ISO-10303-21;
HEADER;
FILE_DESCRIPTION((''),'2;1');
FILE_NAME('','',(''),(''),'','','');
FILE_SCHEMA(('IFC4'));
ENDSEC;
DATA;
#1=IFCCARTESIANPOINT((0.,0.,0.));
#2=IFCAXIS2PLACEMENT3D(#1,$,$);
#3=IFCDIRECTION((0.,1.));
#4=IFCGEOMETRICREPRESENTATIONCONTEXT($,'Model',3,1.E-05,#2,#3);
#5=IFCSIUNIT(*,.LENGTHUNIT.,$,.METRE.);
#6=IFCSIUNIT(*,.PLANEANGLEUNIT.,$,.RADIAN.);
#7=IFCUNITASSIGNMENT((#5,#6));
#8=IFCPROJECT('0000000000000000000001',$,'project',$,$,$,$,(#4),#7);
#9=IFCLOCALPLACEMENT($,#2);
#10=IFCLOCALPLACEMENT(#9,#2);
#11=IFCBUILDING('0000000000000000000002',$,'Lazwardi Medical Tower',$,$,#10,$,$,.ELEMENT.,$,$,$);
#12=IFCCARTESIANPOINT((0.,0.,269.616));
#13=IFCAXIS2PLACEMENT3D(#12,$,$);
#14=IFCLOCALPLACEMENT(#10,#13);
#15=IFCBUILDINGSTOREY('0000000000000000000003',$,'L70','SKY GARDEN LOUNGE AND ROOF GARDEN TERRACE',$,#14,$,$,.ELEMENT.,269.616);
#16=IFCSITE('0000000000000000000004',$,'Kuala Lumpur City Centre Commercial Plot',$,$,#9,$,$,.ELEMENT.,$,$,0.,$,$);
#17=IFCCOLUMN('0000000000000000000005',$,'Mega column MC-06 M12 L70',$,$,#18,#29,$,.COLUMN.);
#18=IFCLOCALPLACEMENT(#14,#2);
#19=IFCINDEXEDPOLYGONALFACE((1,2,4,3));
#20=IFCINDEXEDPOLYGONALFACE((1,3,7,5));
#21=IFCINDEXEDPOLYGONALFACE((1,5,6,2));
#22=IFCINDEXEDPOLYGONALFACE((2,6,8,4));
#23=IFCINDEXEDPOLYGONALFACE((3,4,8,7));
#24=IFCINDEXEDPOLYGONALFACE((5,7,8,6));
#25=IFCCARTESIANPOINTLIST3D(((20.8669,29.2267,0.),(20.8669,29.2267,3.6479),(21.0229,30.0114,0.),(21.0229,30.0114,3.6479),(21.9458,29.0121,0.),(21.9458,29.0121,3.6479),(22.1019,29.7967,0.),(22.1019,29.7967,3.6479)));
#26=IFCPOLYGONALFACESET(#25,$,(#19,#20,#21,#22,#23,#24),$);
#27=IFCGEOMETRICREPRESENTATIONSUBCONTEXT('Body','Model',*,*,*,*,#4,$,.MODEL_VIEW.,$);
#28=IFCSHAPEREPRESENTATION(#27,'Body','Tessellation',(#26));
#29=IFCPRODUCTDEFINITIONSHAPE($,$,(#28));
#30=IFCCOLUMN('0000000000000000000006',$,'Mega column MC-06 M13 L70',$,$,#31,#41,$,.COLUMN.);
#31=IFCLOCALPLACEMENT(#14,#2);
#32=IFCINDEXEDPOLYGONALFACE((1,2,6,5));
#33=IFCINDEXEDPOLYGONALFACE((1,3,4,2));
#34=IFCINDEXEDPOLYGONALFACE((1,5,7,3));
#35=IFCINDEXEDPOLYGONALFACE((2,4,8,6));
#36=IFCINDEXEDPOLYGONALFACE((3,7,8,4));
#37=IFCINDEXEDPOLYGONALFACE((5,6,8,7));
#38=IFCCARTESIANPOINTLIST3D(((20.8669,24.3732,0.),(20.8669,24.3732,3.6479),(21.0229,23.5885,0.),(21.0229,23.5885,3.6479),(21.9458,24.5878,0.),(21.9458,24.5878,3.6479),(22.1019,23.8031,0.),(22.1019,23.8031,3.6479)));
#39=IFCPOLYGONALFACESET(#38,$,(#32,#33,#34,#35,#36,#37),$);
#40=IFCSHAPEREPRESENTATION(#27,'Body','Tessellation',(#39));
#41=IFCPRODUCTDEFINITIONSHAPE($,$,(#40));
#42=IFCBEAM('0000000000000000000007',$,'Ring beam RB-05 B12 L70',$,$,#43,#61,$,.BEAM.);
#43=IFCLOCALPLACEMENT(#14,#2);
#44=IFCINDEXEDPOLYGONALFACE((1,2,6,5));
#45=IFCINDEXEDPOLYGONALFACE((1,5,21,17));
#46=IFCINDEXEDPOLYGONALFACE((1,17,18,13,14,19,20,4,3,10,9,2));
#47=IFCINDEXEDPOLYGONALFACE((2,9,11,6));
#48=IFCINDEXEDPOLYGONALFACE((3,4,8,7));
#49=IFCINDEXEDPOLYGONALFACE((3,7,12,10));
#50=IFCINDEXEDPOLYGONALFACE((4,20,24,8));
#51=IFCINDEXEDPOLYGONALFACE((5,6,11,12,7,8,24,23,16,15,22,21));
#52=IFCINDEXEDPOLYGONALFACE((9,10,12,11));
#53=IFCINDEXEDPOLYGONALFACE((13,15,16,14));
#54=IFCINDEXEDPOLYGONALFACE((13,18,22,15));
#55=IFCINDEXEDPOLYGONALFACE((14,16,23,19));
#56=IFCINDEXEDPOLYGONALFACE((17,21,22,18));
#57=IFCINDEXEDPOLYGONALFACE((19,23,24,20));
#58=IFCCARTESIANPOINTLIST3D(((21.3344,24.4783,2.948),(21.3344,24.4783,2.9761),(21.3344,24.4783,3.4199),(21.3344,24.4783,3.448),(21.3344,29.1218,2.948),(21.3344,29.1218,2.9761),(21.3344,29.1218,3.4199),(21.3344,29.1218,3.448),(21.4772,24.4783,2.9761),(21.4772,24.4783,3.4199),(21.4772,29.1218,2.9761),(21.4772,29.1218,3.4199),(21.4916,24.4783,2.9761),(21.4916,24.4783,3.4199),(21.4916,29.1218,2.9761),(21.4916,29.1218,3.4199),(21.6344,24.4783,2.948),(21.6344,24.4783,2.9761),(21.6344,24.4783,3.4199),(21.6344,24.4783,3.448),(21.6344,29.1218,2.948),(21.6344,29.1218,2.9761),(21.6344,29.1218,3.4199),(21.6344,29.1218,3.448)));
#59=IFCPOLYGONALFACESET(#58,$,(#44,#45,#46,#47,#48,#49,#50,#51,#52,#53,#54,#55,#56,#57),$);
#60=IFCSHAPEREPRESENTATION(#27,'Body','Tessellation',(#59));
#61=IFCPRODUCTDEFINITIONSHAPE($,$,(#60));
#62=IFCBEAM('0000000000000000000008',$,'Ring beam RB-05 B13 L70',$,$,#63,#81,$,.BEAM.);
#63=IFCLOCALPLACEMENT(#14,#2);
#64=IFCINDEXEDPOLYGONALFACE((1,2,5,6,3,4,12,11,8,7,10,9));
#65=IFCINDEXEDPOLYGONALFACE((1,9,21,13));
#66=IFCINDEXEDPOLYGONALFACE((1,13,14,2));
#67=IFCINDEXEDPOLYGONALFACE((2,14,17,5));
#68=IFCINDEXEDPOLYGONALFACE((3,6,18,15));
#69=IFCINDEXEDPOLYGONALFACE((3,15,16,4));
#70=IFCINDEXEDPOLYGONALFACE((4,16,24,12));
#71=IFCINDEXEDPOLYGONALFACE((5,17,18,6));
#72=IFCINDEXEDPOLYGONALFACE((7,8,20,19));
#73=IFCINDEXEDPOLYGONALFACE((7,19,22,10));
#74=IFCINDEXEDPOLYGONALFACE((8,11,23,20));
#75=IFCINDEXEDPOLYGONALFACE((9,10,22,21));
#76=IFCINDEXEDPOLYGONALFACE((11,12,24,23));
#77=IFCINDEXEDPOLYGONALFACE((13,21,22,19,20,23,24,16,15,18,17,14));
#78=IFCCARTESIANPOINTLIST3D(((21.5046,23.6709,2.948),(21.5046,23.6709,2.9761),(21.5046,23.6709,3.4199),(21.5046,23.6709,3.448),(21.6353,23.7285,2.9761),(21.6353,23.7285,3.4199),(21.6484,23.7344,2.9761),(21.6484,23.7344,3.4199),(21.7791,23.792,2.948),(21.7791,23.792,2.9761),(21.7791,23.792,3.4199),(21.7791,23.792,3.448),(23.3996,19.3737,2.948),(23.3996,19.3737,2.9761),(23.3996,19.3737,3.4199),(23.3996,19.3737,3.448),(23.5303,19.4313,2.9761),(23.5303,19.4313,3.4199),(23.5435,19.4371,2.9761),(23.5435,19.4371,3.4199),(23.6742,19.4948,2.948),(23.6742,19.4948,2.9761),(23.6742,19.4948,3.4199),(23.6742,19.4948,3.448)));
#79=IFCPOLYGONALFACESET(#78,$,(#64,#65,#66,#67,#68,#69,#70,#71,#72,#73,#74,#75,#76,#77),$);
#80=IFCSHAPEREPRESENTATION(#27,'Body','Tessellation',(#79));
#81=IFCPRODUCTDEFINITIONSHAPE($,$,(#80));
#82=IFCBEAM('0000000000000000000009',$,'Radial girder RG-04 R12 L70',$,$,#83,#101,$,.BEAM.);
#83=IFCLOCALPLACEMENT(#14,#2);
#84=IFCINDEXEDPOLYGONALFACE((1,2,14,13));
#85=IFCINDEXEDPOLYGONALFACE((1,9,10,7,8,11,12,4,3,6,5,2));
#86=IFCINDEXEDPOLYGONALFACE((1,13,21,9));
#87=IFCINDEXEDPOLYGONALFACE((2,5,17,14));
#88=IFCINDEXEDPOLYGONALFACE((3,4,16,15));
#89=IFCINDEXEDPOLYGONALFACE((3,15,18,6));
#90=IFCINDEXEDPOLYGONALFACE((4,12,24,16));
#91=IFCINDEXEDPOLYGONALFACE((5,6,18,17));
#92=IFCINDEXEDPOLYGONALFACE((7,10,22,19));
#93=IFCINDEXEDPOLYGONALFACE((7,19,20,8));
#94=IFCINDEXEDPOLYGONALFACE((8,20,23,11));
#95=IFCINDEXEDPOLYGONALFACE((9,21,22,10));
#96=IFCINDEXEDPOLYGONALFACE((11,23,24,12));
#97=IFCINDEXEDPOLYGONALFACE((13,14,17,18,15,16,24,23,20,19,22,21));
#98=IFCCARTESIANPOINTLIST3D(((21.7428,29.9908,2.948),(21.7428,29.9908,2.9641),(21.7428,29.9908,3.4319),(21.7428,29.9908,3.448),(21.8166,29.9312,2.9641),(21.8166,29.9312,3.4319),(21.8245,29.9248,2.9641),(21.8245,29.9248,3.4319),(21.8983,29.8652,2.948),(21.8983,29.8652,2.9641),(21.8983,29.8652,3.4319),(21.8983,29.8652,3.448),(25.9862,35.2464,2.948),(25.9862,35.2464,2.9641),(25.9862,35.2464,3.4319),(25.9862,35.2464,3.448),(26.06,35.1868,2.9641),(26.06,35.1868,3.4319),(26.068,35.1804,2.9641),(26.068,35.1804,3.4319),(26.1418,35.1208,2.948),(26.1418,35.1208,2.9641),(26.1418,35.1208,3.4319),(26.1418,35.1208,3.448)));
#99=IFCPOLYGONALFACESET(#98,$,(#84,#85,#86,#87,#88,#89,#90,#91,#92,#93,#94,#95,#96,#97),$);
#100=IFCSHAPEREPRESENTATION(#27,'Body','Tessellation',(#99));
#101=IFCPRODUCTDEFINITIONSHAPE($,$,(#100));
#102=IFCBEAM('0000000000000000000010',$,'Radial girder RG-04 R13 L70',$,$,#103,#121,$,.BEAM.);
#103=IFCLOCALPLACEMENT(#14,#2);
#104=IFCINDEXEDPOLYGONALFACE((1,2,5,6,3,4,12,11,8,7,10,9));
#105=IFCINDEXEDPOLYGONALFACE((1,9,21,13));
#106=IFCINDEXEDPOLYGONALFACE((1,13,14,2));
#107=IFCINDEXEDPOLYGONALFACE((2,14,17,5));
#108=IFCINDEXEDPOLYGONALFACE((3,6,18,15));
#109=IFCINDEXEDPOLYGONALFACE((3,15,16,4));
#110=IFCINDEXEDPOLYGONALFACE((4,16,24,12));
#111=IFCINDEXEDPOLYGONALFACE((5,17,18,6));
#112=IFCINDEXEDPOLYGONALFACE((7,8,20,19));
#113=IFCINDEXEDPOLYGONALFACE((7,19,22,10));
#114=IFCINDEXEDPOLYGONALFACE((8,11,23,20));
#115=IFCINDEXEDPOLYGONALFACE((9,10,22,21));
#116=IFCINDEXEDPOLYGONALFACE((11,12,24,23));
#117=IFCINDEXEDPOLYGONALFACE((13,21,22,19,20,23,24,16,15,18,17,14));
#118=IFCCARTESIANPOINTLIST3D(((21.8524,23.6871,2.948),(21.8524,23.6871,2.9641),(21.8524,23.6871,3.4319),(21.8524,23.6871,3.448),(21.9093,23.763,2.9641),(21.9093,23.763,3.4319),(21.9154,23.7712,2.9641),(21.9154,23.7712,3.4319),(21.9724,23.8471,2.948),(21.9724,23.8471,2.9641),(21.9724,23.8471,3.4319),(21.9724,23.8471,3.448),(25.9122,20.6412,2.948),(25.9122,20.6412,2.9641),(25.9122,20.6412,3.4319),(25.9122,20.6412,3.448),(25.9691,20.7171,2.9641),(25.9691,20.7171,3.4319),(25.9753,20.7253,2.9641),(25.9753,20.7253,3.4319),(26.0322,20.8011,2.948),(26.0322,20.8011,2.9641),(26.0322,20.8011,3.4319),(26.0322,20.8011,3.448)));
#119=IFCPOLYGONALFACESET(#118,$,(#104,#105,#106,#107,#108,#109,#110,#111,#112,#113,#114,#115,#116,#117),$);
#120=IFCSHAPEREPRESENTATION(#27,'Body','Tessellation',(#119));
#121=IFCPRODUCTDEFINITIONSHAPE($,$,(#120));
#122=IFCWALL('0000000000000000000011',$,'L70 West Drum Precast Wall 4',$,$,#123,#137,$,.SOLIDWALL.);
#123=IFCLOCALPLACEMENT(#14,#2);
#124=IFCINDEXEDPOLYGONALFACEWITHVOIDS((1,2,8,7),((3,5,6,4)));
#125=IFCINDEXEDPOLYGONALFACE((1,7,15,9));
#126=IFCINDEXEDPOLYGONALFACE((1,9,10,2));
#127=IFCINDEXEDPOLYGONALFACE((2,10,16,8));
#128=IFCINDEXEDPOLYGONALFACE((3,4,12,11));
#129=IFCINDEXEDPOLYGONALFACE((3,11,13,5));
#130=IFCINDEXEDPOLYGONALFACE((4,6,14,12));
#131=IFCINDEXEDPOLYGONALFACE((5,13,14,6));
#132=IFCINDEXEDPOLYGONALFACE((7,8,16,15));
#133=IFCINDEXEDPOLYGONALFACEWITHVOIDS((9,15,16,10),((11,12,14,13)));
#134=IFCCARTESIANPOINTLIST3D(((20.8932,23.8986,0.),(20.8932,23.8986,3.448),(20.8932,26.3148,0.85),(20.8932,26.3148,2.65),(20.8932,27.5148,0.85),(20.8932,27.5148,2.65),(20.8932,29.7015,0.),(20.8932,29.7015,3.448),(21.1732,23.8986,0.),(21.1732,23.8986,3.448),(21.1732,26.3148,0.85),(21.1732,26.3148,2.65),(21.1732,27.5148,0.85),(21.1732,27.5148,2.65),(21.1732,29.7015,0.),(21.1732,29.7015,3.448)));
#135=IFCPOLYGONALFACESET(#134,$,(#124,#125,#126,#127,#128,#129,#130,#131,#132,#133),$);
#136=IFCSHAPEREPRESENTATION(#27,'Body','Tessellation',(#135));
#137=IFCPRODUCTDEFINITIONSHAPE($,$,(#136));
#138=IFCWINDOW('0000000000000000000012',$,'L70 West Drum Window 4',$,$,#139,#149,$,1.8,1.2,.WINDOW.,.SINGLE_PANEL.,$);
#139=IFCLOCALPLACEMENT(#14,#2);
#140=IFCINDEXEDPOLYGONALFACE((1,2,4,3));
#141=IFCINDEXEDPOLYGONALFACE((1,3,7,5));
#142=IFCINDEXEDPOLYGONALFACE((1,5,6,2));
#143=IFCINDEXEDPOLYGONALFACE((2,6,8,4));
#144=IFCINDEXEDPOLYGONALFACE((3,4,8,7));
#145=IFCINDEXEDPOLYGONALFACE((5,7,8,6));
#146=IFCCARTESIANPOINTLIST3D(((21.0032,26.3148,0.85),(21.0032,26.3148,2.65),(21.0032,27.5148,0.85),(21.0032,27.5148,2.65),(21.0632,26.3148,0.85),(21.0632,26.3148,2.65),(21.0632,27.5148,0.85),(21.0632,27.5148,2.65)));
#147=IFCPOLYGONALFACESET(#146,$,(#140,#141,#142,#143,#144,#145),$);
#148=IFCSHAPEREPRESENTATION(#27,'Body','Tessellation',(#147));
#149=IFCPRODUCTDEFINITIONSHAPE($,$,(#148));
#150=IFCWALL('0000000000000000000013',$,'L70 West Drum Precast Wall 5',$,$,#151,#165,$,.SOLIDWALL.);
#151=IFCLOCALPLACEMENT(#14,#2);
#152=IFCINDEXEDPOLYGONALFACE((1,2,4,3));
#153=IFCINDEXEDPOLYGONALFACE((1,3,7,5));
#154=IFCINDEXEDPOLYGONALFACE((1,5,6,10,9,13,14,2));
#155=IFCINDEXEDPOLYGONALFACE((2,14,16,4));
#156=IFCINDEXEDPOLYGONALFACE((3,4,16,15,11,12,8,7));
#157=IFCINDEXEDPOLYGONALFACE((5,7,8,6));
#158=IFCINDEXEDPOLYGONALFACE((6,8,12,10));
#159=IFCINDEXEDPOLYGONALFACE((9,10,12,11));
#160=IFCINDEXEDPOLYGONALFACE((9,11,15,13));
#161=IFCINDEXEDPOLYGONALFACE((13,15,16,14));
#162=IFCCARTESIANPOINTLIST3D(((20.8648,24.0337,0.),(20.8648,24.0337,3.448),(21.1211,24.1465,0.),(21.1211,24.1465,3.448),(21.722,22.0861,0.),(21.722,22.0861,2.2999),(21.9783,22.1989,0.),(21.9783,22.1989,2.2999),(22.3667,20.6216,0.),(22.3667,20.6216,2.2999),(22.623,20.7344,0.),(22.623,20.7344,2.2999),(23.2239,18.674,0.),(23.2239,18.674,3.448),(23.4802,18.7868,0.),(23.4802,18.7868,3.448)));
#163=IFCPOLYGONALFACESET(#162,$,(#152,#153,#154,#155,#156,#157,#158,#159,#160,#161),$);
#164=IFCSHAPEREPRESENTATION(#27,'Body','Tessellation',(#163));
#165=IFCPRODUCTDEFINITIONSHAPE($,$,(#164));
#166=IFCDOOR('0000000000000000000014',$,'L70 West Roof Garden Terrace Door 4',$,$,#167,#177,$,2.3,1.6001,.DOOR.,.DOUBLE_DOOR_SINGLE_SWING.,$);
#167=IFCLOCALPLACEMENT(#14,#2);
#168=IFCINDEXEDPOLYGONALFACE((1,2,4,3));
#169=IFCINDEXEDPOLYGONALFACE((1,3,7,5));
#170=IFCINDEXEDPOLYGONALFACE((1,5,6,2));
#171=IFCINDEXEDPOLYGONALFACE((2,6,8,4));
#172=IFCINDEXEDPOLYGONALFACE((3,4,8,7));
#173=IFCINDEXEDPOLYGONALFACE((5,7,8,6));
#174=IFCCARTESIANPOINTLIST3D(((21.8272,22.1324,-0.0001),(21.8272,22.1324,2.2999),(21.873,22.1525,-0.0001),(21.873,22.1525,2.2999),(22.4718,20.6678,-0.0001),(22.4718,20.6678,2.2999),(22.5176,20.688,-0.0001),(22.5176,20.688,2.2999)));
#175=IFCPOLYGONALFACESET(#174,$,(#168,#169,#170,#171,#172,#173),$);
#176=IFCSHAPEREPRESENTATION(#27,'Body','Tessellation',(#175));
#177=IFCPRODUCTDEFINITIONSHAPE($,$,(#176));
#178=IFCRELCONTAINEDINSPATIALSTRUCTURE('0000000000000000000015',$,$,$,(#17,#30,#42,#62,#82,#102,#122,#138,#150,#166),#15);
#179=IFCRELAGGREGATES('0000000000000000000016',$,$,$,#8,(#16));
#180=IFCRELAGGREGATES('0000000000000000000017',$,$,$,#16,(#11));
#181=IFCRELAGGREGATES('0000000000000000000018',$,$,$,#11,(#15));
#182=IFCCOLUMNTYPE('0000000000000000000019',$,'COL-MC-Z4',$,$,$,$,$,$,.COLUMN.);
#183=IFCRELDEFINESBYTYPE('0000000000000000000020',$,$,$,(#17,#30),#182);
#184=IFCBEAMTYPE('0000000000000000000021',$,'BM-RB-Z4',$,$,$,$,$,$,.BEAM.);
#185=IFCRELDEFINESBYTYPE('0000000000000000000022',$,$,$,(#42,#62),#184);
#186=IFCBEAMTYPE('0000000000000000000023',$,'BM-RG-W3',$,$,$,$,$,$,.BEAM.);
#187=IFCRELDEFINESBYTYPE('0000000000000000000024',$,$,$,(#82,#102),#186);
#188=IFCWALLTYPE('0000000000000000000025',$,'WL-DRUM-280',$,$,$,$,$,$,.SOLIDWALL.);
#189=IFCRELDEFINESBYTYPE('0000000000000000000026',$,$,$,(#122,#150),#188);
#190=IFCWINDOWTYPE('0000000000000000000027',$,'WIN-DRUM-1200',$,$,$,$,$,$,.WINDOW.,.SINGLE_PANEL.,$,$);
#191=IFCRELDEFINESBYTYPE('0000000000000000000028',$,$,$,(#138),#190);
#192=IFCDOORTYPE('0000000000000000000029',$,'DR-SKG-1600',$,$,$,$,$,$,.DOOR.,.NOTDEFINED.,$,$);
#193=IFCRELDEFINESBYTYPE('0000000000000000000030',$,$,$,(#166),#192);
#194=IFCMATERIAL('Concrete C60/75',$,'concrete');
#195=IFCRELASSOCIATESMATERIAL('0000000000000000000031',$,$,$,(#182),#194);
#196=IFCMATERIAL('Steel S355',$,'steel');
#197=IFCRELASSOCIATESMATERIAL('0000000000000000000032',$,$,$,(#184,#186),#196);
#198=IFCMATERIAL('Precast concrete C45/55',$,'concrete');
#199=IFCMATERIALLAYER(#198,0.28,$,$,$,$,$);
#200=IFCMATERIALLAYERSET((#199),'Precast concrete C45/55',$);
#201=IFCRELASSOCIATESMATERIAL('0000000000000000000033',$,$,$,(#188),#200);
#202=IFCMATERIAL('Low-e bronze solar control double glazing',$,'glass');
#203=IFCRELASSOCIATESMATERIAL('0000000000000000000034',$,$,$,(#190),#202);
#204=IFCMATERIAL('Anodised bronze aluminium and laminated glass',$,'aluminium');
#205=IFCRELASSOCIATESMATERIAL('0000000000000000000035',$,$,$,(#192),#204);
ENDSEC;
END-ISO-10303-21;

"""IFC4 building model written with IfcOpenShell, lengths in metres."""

from ifc_helpers import new_model, si_unit, direction, frame, frame_2d, origin, origin_2d, place, context, subcontext, project, spatial, rectangle, i_section, extrude, material, layer, layer_set, material_profile, profile_set, type_object, element, fill, save


model = new_model("IFC4")

# Units and contexts
model_context = context("Model", 3, precision=1e-05, world=origin(), true_north=direction((0.0, 1.0)))
body_context = subcontext(model_context, "Body", "Model", "MODEL_VIEW")
ifc_project = project(units=[si_unit("LENGTHUNIT", "METRE"), si_unit("PLANEANGLEUNIT", "RADIAN")], contexts=[model_context])

# Site, building, storey
site_placement = place(None, origin())
site = spatial("IfcSite", under=ifc_project, at=site_placement, Name="Kuala Lumpur City Centre Commercial Plot", CompositionType="ELEMENT", RefElevation=0.0)
building_placement = place(site_placement, origin())
building = spatial("IfcBuilding", under=site, at=building_placement, Name="Lazwardi Medical Tower", CompositionType="ELEMENT")
storey_placement = place(building_placement, frame((0.0, 0.0, 269.616)))
storey = spatial("IfcBuildingStorey", under=building, at=storey_placement, Name="L70", Description="SKY GARDEN LOUNGE AND ROOF GARDEN TERRACE", CompositionType="ELEMENT", Elevation=269.616)

# Columns
ifc_material_1 = material(Name="Concrete C60/75", Category="concrete")
ifc_material_profile_1 = material_profile(ifc_material_1, rectangle(XDim=1.1001, YDim=0.8, at=origin_2d()), Name="CFT-RECT 1100x800")
ifc_profile_set_1 = profile_set([ifc_material_profile_1], Name="Concrete C60/75")
column_type = type_object("IfcColumnType", Name="COL-MC-Z4", PredefinedType="COLUMN", material=ifc_profile_set_1)
for number, where, z_axis, x_axis, name in (
    (1, (21.4844, 29.5117, 0.0), (0.0, 0.0, 1.0), (-0.980785, 0.19509, 0.0), "Mega column MC-06 M12 L70"),
    (2, (21.4844, 24.0881, 0.0), (0.0, 0.0, 1.0), (-0.980785, -0.19509, 0.0), "Mega column MC-06 M13 L70"),
):
    element("IfcColumn", number, at=place(storey_placement, frame(where, z_axis=z_axis, x_axis=x_axis)), inside=storey, type_object=column_type, Name=name, PredefinedType="COLUMN", context=body_context, shape_type="SweptSolid", body=[
        extrude(rectangle(XDim=1.1001, YDim=0.8, at=origin_2d()), origin(), (0.0, 0.0, 1.0), 3.6479),
    ])

# Beams
ifc_material_2 = material(Name="Steel S355", Category="steel")
ifc_material_profile_2 = material_profile(ifc_material_2, i_section(OverallWidth=0.3, OverallDepth=0.5, WebThickness=0.0144, FlangeThickness=0.0281, at=origin_2d()), Name="HEB 500")
ifc_profile_set_2 = profile_set([ifc_material_profile_2], Name="Steel S355")
beam_type_1 = type_object("IfcBeamType", Name="BM-RB-Z4", PredefinedType="BEAM", material=ifc_profile_set_2)
beam_1_placement = place(storey_placement, frame((21.4844, 29.1218, 3.198), z_axis=(0.0, -1.0, 0.0), x_axis=(1.0, 0.0, 0.0)))
element("IfcBeam", 3, at=beam_1_placement, inside=storey, type_object=beam_type_1, Name="Ring beam RB-05 B12 L70", PredefinedType="BEAM", context=body_context, shape_type="SweptSolid", body=[
    extrude(i_section(OverallWidth=0.3, OverallDepth=0.5, WebThickness=0.0144, FlangeThickness=0.0281, at=origin_2d()), origin(), (0.0, 0.0, 1.0), 4.6436),
])
beam_2_placement = place(storey_placement, frame((21.6418, 23.7314, 3.198), z_axis=(0.403503, -0.914978, 0.0), x_axis=(0.914978, 0.403503, 0.0)))
element("IfcBeam", 4, at=beam_2_placement, inside=storey, type_object=beam_type_1, Name="Ring beam RB-05 B13 L70", PredefinedType="BEAM", context=body_context, shape_type="SweptSolid", body=[
    extrude(i_section(OverallWidth=0.3, OverallDepth=0.5, WebThickness=0.0144, FlangeThickness=0.0281, at=origin_2d()), origin(), (0.0, 0.0, 1.0), 4.6965),
])
ifc_material_profile_3 = material_profile(ifc_material_2, i_section(OverallWidth=0.2, OverallDepth=0.5, WebThickness=0.0103, FlangeThickness=0.0161, at=origin_2d()), Name="IPE 500")
ifc_profile_set_3 = profile_set([ifc_material_profile_3], Name="Steel S355")
beam_type_2 = type_object("IfcBeamType", Name="BM-RG-W3", PredefinedType="BEAM", material=ifc_profile_set_3)
beam_3_placement = place(storey_placement, frame((21.8206, 29.928, 3.198), z_axis=(0.628202, 0.778051, 0.0), x_axis=(-0.778051, 0.628202, 0.0)))
element("IfcBeam", 5, at=beam_3_placement, inside=storey, type_object=beam_type_2, Name="Radial girder RG-04 R12 L70", PredefinedType="BEAM", context=body_context, shape_type="SweptSolid", body=[
    extrude(i_section(OverallWidth=0.2, OverallDepth=0.5, WebThickness=0.0103, FlangeThickness=0.0161, at=origin_2d()), origin(), (0.0, 0.0, 1.0), 6.7549),
])
beam_4_placement = place(storey_placement, frame((21.9124, 23.7671, 3.198), z_axis=(0.799902, -0.600131, 0.0), x_axis=(0.600131, 0.799902, 0.0)))
element("IfcBeam", 6, at=beam_4_placement, inside=storey, type_object=beam_type_2, Name="Radial girder RG-04 R13 L70", PredefinedType="BEAM", context=body_context, shape_type="SweptSolid", body=[
    extrude(i_section(OverallWidth=0.2, OverallDepth=0.5, WebThickness=0.0103, FlangeThickness=0.0161, at=origin_2d()), origin(), (0.0, 0.0, 1.0), 5.0754),
])

# Wall, opening, window
ifc_material_3 = material(Name="Precast concrete C45/55", Category="concrete")
ifc_layer_1 = layer(ifc_material_3, 0.28)
ifc_layer_set_1 = layer_set([ifc_layer_1], Name="Precast concrete C45/55")
wall_type_1 = type_object("IfcWallType", Name="WL-DRUM-280", PredefinedType="SOLIDWALL", material=ifc_layer_set_1)
wall_1_placement = place(storey_placement, frame((21.0332, 29.7014, 0.0), z_axis=(0.0, 0.0, 1.0), x_axis=(0.0, -1.0, 0.0)))
wall_1 = element("IfcWall", 7, at=wall_1_placement, inside=storey, type_object=wall_type_1, Name="L70 West Drum Precast Wall 4", PredefinedType="SOLIDWALL", context=body_context, shape_type="SweptSolid", body=[
    extrude(rectangle(XDim=5.803, YDim=0.28, at=frame_2d((2.9014, 0.0))), origin(), (0.0, 0.0, 1.0), 3.448),
])
opening_1_placement = place(wall_1_placement, frame((2.1865, 0.0, 0.8501)))
opening_1 = element("IfcOpeningElement", 8, at=opening_1_placement, cuts=wall_1, PredefinedType="OPENING", context=body_context, shape_type="SweptSolid", body=[
    extrude(rectangle(XDim=1.2, YDim=1.8, at=frame_2d((0.6001, 0.8999))), frame((0.0, 0.1499, 0.0), z_axis=(0.0, -1.0, 0.0), x_axis=(1.0, 0.0, 0.0)), (0.0, 0.0, 1.0), 0.3),
])
ifc_material_4 = material(Name="Low-e bronze solar control double glazing", Category="glass")
window_type = type_object("IfcWindowType", Name="WIN-DRUM-1200", PartitioningType="SINGLE_PANEL", PredefinedType="WINDOW", material=ifc_material_4)
window_placement = place(opening_1_placement, origin())
window = element("IfcWindow", 9, at=window_placement, inside=storey, type_object=window_type, Name="L70 West Drum Window 4", OverallHeight=1.8, OverallWidth=1.2, PartitioningType="SINGLE_PANEL", PredefinedType="WINDOW", context=body_context, shape_type="SweptSolid", body=[
    extrude(rectangle(XDim=1.2, YDim=1.8, at=frame_2d((0.6001, 0.8999))), frame((0.0, 0.03, 0.0), z_axis=(0.0, -1.0, 0.0), x_axis=(1.0, 0.0, 0.0)), (0.0, 0.0, 1.0), 0.0601),
])
fill(opening_1, window)

# Wall, opening, door
wall_2_placement = place(storey_placement, frame((20.9929, 24.0901, 0.0), z_axis=(0.0, 0.0, 1.0), x_axis=(0.402867, -0.915258, 0.0)))
wall_2 = element("IfcWall", 10, at=wall_2_placement, inside=storey, type_object=wall_type_1, Name="L70 West Drum Precast Wall 5", PredefinedType="SOLIDWALL", context=body_context, shape_type="SweptSolid", body=[
    extrude(rectangle(XDim=5.856, YDim=0.28, at=frame_2d((2.928, 0.0))), origin(), (0.0, 0.0, 1.0), 3.448),
])
opening_2_placement = place(wall_2_placement, frame((2.1279, 0.0, 0.0)))
opening_2 = element("IfcOpeningElement", 11, at=opening_2_placement, cuts=wall_2, PredefinedType="OPENING", context=body_context, shape_type="SweptSolid", body=[
    extrude(rectangle(XDim=1.6001, YDim=2.3, at=frame_2d((0.8, 1.1499))), frame((0.0, 0.1499, 0.0), z_axis=(0.0, -1.0, 0.0), x_axis=(1.0, 0.0, 0.0)), (0.0, 0.0, 1.0), 0.3),
])
ifc_material_5 = material(Name="Anodised bronze aluminium and laminated glass", Category="aluminium")
door_type = type_object("IfcDoorType", Name="DR-SKG-1600", OperationType="NOTDEFINED", PredefinedType="DOOR", material=ifc_material_5)
door_placement = place(opening_2_placement, origin())
door = element("IfcDoor", 12, at=door_placement, inside=storey, type_object=door_type, Name="L70 West Roof Garden Terrace Door 4", OperationType="DOUBLE_DOOR_SINGLE_SWING", OverallHeight=2.3, OverallWidth=1.6001, PredefinedType="DOOR", context=body_context, shape_type="SweptSolid", body=[
    extrude(rectangle(XDim=1.6001, YDim=2.3, at=frame_2d((0.8, 1.1499))), frame((0.0, 0.0249, 0.0), z_axis=(0.0, -1.0, 0.0), x_axis=(1.0, 0.0, 0.0)), (0.0, 0.0, 1.0), 0.05),
])
fill(opening_2, door)

save(model, "model.ifc")
